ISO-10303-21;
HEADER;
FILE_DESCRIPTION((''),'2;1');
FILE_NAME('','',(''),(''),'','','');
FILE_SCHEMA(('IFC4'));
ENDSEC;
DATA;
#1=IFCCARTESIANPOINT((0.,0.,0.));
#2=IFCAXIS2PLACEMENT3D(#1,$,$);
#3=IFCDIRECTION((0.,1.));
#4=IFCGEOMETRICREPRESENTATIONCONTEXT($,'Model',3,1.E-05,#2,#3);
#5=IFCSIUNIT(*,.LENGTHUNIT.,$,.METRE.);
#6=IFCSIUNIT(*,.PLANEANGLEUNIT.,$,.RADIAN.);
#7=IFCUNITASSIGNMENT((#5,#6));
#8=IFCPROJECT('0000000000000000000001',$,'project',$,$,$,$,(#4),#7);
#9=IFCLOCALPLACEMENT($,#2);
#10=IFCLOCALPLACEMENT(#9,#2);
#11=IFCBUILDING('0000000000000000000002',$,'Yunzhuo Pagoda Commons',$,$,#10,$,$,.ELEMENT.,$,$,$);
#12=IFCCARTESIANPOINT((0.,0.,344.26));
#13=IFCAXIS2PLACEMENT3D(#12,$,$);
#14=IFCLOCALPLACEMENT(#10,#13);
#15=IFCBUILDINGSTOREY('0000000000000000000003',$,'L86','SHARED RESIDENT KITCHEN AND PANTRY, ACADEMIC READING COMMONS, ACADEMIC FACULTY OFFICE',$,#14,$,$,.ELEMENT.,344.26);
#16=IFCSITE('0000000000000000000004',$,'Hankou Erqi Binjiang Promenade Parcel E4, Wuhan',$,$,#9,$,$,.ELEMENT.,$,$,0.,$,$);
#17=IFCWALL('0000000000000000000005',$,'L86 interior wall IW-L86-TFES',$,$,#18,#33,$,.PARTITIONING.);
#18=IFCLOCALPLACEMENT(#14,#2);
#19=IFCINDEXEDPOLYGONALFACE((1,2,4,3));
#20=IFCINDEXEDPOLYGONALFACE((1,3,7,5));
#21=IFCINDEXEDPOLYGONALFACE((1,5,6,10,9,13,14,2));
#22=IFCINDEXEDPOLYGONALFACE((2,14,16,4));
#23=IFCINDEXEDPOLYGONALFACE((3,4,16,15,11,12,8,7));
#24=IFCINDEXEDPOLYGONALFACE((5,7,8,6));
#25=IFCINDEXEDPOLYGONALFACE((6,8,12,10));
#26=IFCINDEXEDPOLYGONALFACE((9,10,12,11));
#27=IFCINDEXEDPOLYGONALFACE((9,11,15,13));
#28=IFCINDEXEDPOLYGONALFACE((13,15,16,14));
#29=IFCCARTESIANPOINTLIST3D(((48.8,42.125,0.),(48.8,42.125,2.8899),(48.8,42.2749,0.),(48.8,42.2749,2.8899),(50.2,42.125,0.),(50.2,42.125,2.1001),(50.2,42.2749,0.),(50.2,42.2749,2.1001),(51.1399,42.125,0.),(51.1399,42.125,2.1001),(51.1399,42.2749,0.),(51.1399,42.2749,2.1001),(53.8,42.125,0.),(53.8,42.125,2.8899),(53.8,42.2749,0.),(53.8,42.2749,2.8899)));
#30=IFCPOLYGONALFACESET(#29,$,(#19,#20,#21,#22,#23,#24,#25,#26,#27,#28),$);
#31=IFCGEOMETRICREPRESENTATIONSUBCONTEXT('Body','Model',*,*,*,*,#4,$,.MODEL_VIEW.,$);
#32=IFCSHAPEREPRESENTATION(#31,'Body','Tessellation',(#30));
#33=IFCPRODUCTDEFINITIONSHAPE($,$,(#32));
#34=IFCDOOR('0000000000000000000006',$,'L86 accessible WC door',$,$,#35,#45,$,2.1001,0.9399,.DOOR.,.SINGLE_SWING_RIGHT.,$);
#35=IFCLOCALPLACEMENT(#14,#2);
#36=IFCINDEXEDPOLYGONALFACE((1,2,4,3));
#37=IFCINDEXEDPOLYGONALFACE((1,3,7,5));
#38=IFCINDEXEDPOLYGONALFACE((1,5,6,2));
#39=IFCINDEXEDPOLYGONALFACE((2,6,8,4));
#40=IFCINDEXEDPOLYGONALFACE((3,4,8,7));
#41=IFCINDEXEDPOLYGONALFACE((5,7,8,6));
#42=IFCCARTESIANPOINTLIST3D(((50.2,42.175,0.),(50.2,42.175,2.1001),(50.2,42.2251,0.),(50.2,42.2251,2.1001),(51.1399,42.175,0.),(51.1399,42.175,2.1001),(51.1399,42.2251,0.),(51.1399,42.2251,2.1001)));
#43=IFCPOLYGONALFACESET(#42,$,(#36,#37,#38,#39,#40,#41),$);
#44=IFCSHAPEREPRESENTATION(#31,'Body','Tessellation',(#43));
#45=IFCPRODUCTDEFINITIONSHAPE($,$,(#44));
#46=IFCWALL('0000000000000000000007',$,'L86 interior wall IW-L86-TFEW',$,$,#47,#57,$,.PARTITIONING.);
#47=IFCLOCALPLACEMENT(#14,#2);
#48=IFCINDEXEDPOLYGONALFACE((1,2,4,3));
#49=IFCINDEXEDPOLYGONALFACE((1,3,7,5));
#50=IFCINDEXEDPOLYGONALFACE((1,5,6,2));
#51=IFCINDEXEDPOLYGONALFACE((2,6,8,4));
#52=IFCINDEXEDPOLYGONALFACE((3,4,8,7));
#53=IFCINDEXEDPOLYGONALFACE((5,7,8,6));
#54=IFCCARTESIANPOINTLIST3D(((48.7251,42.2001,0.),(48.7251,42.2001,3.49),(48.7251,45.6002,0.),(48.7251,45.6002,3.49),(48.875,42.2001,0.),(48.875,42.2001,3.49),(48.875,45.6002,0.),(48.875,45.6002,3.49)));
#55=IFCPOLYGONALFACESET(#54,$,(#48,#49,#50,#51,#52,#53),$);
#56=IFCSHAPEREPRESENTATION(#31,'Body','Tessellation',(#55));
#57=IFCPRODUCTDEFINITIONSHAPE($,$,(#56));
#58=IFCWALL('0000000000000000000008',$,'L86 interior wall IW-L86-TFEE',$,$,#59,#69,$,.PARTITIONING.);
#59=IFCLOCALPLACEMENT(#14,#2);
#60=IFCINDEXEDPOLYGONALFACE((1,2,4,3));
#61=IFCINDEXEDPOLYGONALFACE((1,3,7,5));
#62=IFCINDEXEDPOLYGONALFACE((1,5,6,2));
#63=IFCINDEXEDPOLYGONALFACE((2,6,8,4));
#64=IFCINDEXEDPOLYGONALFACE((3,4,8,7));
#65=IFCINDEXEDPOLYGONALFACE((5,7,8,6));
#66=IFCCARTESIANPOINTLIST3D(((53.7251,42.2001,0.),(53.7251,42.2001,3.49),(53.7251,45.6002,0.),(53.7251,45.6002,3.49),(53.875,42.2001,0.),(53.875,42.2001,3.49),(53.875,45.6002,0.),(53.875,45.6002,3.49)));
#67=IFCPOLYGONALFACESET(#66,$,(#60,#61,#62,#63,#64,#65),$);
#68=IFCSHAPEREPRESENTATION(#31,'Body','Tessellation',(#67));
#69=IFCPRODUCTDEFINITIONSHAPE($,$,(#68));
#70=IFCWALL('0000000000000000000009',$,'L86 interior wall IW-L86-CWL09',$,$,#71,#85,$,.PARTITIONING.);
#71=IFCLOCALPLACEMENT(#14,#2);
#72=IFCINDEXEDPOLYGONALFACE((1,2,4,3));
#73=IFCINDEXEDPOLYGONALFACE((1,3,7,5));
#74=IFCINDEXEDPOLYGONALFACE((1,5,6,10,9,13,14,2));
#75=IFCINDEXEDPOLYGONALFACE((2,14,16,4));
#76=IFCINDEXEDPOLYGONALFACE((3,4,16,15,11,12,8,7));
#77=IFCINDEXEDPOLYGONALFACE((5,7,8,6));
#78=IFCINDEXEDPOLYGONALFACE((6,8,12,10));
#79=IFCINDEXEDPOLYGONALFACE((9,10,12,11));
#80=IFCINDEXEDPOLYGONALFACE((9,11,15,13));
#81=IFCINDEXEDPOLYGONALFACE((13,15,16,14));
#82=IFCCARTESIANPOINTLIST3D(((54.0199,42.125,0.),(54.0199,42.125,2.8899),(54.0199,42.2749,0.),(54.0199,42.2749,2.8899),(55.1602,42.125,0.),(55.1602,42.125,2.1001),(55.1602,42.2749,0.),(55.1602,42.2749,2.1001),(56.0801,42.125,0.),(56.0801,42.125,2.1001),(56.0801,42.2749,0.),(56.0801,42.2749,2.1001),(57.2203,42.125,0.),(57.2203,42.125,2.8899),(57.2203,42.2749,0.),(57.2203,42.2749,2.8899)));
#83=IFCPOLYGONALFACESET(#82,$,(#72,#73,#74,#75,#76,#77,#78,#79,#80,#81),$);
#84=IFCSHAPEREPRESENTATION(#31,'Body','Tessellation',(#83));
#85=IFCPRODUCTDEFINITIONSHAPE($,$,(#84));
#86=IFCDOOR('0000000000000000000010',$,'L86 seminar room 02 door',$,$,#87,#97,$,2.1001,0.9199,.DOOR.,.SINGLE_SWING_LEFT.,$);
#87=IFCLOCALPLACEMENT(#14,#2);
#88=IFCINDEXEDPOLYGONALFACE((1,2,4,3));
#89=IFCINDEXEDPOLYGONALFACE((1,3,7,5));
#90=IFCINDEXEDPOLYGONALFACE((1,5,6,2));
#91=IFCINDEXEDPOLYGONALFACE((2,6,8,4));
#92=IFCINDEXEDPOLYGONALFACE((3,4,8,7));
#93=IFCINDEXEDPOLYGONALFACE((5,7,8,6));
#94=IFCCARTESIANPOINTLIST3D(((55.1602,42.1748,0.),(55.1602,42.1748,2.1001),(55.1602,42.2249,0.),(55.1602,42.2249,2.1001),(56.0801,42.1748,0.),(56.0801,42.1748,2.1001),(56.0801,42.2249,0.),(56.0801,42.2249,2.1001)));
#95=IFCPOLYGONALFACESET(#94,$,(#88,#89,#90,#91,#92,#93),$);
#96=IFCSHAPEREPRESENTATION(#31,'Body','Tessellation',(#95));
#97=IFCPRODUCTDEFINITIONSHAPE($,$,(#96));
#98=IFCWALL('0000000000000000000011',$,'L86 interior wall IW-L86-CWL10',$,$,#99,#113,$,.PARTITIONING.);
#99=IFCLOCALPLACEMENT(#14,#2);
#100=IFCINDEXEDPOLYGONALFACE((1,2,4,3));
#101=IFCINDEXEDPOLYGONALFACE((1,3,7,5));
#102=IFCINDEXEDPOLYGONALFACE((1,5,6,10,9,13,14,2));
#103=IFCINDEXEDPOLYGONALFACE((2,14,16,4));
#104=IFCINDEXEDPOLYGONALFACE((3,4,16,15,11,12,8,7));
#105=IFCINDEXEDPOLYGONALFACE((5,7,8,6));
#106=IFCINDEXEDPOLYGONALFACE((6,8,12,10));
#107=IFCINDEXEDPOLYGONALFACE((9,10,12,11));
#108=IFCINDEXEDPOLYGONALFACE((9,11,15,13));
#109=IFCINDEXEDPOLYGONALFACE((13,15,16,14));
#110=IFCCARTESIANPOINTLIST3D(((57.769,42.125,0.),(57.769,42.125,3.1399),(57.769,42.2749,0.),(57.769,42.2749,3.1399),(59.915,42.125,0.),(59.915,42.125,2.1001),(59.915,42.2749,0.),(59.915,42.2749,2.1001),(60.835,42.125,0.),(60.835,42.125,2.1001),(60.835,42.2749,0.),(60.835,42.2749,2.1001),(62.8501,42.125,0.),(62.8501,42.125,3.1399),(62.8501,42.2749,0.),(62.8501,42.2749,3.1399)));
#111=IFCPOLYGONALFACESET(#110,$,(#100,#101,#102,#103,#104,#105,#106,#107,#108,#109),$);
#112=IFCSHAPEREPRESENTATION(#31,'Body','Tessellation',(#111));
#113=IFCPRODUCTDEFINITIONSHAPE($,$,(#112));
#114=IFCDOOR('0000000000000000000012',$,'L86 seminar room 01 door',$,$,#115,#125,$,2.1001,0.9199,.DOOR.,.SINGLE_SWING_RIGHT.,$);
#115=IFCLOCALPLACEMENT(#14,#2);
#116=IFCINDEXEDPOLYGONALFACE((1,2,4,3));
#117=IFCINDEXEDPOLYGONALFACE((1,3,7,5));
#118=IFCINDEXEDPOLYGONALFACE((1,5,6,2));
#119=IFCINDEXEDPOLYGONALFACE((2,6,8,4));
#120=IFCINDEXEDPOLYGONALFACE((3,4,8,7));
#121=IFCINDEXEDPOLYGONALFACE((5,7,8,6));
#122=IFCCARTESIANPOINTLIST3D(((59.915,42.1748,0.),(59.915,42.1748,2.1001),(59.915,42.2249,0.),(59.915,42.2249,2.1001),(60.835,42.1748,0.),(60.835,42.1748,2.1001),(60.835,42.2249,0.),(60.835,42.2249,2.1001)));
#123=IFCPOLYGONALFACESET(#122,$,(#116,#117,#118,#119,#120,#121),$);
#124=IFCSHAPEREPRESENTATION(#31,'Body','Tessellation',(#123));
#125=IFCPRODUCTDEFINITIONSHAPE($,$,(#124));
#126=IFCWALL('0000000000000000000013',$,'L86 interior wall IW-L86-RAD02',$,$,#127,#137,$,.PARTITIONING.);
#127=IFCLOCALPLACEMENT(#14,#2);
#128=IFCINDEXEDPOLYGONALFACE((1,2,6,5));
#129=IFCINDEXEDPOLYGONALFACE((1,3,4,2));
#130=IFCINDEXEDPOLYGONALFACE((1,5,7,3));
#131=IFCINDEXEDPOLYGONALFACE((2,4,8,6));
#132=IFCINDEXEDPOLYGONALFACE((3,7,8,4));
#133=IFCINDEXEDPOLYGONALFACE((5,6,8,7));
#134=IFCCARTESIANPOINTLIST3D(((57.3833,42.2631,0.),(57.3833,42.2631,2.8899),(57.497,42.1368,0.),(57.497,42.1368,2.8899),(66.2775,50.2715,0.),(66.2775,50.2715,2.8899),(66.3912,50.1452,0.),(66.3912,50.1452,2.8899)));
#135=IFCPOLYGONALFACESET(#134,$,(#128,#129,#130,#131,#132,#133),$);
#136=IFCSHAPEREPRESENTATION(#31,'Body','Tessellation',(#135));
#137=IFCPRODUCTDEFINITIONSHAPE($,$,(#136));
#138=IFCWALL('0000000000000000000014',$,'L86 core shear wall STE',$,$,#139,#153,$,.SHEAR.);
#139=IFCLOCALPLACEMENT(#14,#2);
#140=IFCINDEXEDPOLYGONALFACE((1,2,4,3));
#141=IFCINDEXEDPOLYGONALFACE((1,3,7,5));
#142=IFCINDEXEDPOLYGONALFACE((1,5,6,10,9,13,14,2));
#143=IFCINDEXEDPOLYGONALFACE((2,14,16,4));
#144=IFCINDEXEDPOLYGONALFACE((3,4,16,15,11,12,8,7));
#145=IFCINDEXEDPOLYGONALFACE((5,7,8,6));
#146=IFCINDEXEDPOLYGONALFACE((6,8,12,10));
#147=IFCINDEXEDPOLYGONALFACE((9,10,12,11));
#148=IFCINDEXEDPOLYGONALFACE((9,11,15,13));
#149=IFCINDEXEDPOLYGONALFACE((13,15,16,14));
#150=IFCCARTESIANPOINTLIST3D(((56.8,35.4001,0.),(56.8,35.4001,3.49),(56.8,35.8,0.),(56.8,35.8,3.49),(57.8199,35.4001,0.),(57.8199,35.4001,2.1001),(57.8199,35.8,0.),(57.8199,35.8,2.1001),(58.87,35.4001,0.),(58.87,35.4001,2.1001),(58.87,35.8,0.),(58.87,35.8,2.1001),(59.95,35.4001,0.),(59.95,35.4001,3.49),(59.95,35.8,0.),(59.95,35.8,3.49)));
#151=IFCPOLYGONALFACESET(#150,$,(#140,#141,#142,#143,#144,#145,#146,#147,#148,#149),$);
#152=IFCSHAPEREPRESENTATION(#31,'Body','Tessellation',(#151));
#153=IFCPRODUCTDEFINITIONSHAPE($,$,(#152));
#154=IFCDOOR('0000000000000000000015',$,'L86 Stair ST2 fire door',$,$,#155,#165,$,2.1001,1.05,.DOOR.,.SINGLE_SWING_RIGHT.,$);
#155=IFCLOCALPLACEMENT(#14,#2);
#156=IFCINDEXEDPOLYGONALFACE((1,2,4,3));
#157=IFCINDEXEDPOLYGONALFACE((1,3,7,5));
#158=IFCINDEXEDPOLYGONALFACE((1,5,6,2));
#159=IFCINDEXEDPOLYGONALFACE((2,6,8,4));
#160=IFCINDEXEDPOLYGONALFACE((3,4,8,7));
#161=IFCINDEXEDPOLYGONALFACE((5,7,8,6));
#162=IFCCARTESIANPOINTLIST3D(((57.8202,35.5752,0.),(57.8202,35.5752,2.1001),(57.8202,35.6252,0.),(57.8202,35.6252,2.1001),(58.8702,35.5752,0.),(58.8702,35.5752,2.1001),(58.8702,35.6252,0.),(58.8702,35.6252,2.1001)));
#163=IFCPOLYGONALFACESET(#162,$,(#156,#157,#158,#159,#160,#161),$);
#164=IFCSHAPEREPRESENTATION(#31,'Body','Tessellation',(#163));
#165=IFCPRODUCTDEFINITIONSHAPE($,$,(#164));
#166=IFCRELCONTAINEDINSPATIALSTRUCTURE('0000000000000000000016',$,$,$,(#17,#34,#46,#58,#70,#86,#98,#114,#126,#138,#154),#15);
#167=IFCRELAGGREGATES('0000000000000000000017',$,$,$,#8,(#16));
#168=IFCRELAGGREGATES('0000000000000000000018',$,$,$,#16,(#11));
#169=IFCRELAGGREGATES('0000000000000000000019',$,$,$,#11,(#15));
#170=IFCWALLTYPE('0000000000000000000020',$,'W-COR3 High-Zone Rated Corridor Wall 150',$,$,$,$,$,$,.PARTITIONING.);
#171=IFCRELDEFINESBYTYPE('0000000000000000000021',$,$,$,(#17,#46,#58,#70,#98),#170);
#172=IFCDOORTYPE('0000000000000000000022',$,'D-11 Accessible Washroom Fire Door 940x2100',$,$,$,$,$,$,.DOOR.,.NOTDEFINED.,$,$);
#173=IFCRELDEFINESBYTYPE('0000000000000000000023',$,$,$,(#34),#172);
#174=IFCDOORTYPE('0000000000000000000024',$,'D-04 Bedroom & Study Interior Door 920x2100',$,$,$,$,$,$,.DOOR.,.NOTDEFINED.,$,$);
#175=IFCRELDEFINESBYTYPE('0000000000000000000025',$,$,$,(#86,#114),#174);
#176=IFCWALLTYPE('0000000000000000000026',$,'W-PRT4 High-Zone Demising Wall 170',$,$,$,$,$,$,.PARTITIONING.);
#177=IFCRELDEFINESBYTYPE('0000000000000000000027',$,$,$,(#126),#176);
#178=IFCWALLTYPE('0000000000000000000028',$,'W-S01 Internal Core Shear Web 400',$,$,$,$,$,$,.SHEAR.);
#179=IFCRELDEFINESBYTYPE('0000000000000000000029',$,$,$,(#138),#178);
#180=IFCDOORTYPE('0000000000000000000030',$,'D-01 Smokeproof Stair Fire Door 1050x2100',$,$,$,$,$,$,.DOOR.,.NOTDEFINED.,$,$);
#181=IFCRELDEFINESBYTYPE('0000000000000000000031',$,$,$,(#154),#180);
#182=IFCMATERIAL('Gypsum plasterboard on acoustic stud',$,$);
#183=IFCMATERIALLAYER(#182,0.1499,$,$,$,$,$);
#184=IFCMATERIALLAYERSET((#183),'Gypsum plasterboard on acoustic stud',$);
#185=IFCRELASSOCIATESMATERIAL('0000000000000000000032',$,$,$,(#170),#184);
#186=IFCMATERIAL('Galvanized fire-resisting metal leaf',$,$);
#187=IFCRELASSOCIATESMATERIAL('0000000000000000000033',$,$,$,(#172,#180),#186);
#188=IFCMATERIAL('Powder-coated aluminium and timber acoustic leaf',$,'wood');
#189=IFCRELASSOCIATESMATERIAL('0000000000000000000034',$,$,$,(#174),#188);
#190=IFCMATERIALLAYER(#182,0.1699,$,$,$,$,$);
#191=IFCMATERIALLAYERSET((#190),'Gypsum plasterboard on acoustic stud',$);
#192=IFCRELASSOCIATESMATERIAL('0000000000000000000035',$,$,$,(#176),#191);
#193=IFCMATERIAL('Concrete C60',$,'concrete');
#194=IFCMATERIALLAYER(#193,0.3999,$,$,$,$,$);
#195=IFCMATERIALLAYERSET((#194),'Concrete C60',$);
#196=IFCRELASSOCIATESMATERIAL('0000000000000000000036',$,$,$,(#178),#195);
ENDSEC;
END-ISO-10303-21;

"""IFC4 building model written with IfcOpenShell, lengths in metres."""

from ifc_helpers import new_model, si_unit, direction, frame, frame_2d, origin, origin_with_axes, place, context, subcontext, project, spatial, rectangle, extrude, source, transform, mapped, material, layer, layer_set, type_object, element, fill, save


model = new_model("IFC4")

# Units and contexts
model_context = context("Model", 3, precision=1e-05, world=origin(), true_north=direction((0.0, 1.0)))
body_context = subcontext(model_context, "Body", "Model", "MODEL_VIEW")
ifc_project = project(units=[si_unit("LENGTHUNIT", "METRE"), si_unit("PLANEANGLEUNIT", "RADIAN")], contexts=[model_context])

# Site, building, storey
site_placement = place(None, origin())
site = spatial("IfcSite", under=ifc_project, at=site_placement, Name="Hankou Erqi Binjiang Promenade Parcel E4, Wuhan", CompositionType="ELEMENT", RefElevation=0.0)
building_placement = place(site_placement, origin())
building = spatial("IfcBuilding", under=site, at=building_placement, Name="Yunzhuo Pagoda Commons", CompositionType="ELEMENT")
storey_placement = place(building_placement, frame((0.0, 0.0, 344.26)))
storey = spatial("IfcBuildingStorey", under=building, at=storey_placement, Name="L86", Description="SHARED RESIDENT KITCHEN AND PANTRY, ACADEMIC READING COMMONS, ACADEMIC FACULTY OFFICE", CompositionType="ELEMENT", Elevation=344.26)

# Shared definitions
ifc_material_1 = material(Name="Galvanized fire-resisting metal leaf")
shared_shape_1 = source(origin(), body_context, "Body", "SweptSolid", [
    extrude(rectangle(XDim=1.05, YDim=2.1001, at=frame_2d((0.5249, 1.05))), frame((0.0, 0.0249, 0.0), z_axis=(0.0, -1.0, 0.0), x_axis=(1.0, 0.0, 0.0)), (0.0, 0.0, 1.0), 0.05),
])

# Shared definitions
ifc_material_2 = material(Name="Gypsum plasterboard on acoustic stud")
ifc_layer_1 = layer(ifc_material_2, 0.1499)
ifc_layer_set_1 = layer_set([ifc_layer_1], Name="Gypsum plasterboard on acoustic stud")
wall_type_1 = type_object("IfcWallType", Name="W-COR3 High-Zone Rated Corridor Wall 150", PredefinedType="PARTITIONING", material=ifc_layer_set_1)

# Wall, opening, door
wall_1_placement = place(storey_placement, frame((48.8, 42.2, 0.0), z_axis=(0.0, 0.0, 1.0), x_axis=(1.0, 0.0, 0.0)))
wall_1 = element("IfcWall", 1, at=wall_1_placement, inside=storey, type_object=wall_type_1, Name="L86 interior wall IW-L86-TFES", PredefinedType="PARTITIONING", context=body_context, shape_type="SweptSolid", body=[
    extrude(rectangle(XDim=5.0, YDim=0.1499, at=frame_2d((2.5, 0.0))), origin(), (0.0, 0.0, 1.0), 2.8899),
])
opening_1_placement = place(wall_1_placement, frame((1.3999, 0.0, 0.0)))
opening_1 = element("IfcOpeningElement", 2, at=opening_1_placement, cuts=wall_1, PredefinedType="OPENING", context=body_context, shape_type="SweptSolid", body=[
    extrude(rectangle(XDim=0.9399, YDim=2.1001, at=frame_2d((0.47, 1.05))), frame((0.0, 0.085, 0.0), z_axis=(0.0, -1.0, 0.0), x_axis=(1.0, 0.0, 0.0)), (0.0, 0.0, 1.0), 0.1699),
])
door_type_1 = type_object("IfcDoorType", Name="D-11 Accessible Washroom Fire Door 940x2100", OperationType="NOTDEFINED", PredefinedType="DOOR", material=ifc_material_1)
shared_shape_2 = source(origin(), body_context, "Body", "SweptSolid", [
    extrude(rectangle(XDim=0.9399, YDim=2.1001, at=frame_2d((0.47, 1.05))), frame((0.0, 0.0249, 0.0), z_axis=(0.0, -1.0, 0.0), x_axis=(1.0, 0.0, 0.0)), (0.0, 0.0, 1.0), 0.05),
])
door_1_placement = place(opening_1_placement, frame((0.9399, 0.0, 0.0), z_axis=(0.0, 0.0, 1.0), x_axis=(-1.0, 0.0, 0.0)))
door_1 = element("IfcDoor", 3, at=door_1_placement, inside=storey, type_object=door_type_1, Name="L86 accessible WC door", OperationType="SINGLE_SWING_RIGHT", OverallHeight=2.1001, OverallWidth=0.9399, PredefinedType="DOOR", context=body_context, shape_type="MappedRepresentation", body=[
    mapped(shared_shape_2, transform((0.0, 0.0, 0.0), scale=1.0)),
])
fill(opening_1, door_1)

# Walls
for number, where, z_axis, x_axis, name in (
    (4, (48.8, 42.2, 0.0), (0.0, 0.0, 1.0), (0.0, 1.0, 0.0), "L86 interior wall IW-L86-TFEW"),
    (5, (53.8, 42.2, 0.0), (0.0, 0.0, 1.0), (0.0, 1.0, 0.0), "L86 interior wall IW-L86-TFEE"),
):
    element("IfcWall", number, at=place(storey_placement, frame(where, z_axis=z_axis, x_axis=x_axis)), inside=storey, type_object=wall_type_1, Name=name, PredefinedType="PARTITIONING", context=body_context, shape_type="SweptSolid", body=[
        extrude(rectangle(XDim=3.4001, YDim=0.1499, at=frame_2d((1.7002, 0.0))), origin(), (0.0, 0.0, 1.0), 3.49),
    ])

# Walls, openings, doors
wall_2_placement = place(storey_placement, frame((54.02, 42.2, 0.0), z_axis=(0.0, 0.0, 1.0), x_axis=(1.0, 0.0, 0.0)))
wall_2 = element("IfcWall", 6, at=wall_2_placement, inside=storey, type_object=wall_type_1, Name="L86 interior wall IW-L86-CWL09", PredefinedType="PARTITIONING", context=body_context, shape_type="SweptSolid", body=[
    extrude(rectangle(XDim=3.2004, YDim=0.1499, at=frame_2d((1.6001, 0.0))), origin(), (0.0, 0.0, 1.0), 2.8899),
])
opening_2_placement = place(wall_2_placement, frame((1.1401, 0.0, 0.0)))
opening_2 = element("IfcOpeningElement", 7, at=opening_2_placement, cuts=wall_2, PredefinedType="OPENING", context=body_context, shape_type="SweptSolid", body=[
    extrude(rectangle(XDim=0.9199, YDim=2.1001, at=frame_2d((0.46, 1.05))), frame((0.0, 0.085, 0.0), z_axis=(0.0, -1.0, 0.0), x_axis=(1.0, 0.0, 0.0)), (0.0, 0.0, 1.0), 0.1699),
])
ifc_material_3 = material(Name="Powder-coated aluminium and timber acoustic leaf", Category="wood")
door_type_2 = type_object("IfcDoorType", Name="D-04 Bedroom & Study Interior Door 920x2100", OperationType="NOTDEFINED", PredefinedType="DOOR", material=ifc_material_3)
shared_shape_3 = source(origin(), body_context, "Body", "SweptSolid", [
    extrude(rectangle(XDim=0.9199, YDim=2.1001, at=frame_2d((0.46, 1.05))), frame((0.0, 0.0249, 0.0), z_axis=(0.0, -1.0, 0.0), x_axis=(1.0, 0.0, 0.0)), (0.0, 0.0, 1.0), 0.05),
])
door_2_placement = place(opening_2_placement, origin_with_axes())
door_2 = element("IfcDoor", 8, at=door_2_placement, inside=storey, type_object=door_type_2, Name="L86 seminar room 02 door", OperationType="SINGLE_SWING_LEFT", OverallHeight=2.1001, OverallWidth=0.9199, PredefinedType="DOOR", context=body_context, shape_type="MappedRepresentation", body=[
    mapped(shared_shape_3, transform((0.0, 0.0, 0.0), scale=1.0)),
])
fill(opening_2, door_2)
wall_3_placement = place(storey_placement, frame((57.769, 42.2, 0.0), z_axis=(0.0, 0.0, 1.0), x_axis=(1.0, 0.0, 0.0)))
wall_3 = element("IfcWall", 9, at=wall_3_placement, inside=storey, type_object=wall_type_1, Name="L86 interior wall IW-L86-CWL10", PredefinedType="PARTITIONING", context=body_context, shape_type="SweptSolid", body=[
    extrude(rectangle(XDim=5.0811, YDim=0.1499, at=frame_2d((2.5405, 0.0))), origin(), (0.0, 0.0, 1.0), 3.1399),
])
opening_3_placement = place(wall_3_placement, frame((2.146, 0.0, 0.0)))
opening_3 = element("IfcOpeningElement", 10, at=opening_3_placement, cuts=wall_3, PredefinedType="OPENING", context=body_context, shape_type="SweptSolid", body=[
    extrude(rectangle(XDim=0.9199, YDim=2.1001, at=frame_2d((0.46, 1.05))), frame((0.0, 0.085, 0.0), z_axis=(0.0, -1.0, 0.0), x_axis=(1.0, 0.0, 0.0)), (0.0, 0.0, 1.0), 0.1699),
])
door_3_placement = place(opening_3_placement, origin_with_axes())
door_3 = element("IfcDoor", 11, at=door_3_placement, inside=storey, type_object=door_type_2, Name="L86 seminar room 01 door", OperationType="SINGLE_SWING_RIGHT", OverallHeight=2.1001, OverallWidth=0.9199, PredefinedType="DOOR", context=body_context, shape_type="MappedRepresentation", body=[
    mapped(shared_shape_3, transform((0.0, 0.0, 0.0), scale=1.0)),
])
fill(opening_3, door_3)

# Wall
ifc_layer_2 = layer(ifc_material_2, 0.1699)
ifc_layer_set_2 = layer_set([ifc_layer_2], Name="Gypsum plasterboard on acoustic stud")
wall_type_2 = type_object("IfcWallType", Name="W-PRT4 High-Zone Demising Wall 170", PredefinedType="PARTITIONING", material=ifc_layer_set_2)
wall_4_placement = place(storey_placement, frame((57.4402, 42.2, 0.0), z_axis=(0.0, 0.0, 1.0), x_axis=(0.743142, 0.669134, 0.0)))
element("IfcWall", 12, at=wall_4_placement, inside=storey, type_object=wall_type_2, Name="L86 interior wall IW-L86-RAD02", PredefinedType="PARTITIONING", context=body_context, shape_type="SweptSolid", body=[
    extrude(rectangle(XDim=11.9683, YDim=0.1699, at=frame_2d((5.9841, 0.0))), origin(), (0.0, 0.0, 1.0), 2.8899),
])

# Wall, opening, door
ifc_material_4 = material(Name="Concrete C60", Category="concrete")
ifc_layer_3 = layer(ifc_material_4, 0.3999)
ifc_layer_set_3 = layer_set([ifc_layer_3], Name="Concrete C60")
wall_type_3 = type_object("IfcWallType", Name="W-S01 Internal Core Shear Web 400", PredefinedType="SHEAR", material=ifc_layer_set_3)
wall_5_placement = place(storey_placement, frame((56.8, 35.6001, 0.0), z_axis=(0.0, 0.0, 1.0), x_axis=(1.0, 0.0, 0.0)))
wall_5 = element("IfcWall", 13, at=wall_5_placement, inside=storey, type_object=wall_type_3, Name="L86 core shear wall STE", PredefinedType="SHEAR", context=body_context, shape_type="SweptSolid", body=[
    extrude(rectangle(XDim=3.1499, YDim=0.3999, at=frame_2d((1.575, 0.0))), origin(), (0.0, 0.0, 1.0), 3.49),
])
opening_4_placement = place(wall_5_placement, frame((1.02, 0.0, 0.0)))
opening_4 = element("IfcOpeningElement", 14, at=opening_4_placement, cuts=wall_5, PredefinedType="OPENING", context=body_context, shape_type="SweptSolid", body=[
    extrude(rectangle(XDim=1.05, YDim=2.1001, at=frame_2d((0.5249, 1.05))), frame((0.0, 0.21, 0.0), z_axis=(0.0, -1.0, 0.0), x_axis=(1.0, 0.0, 0.0)), (0.0, 0.0, 1.0), 0.4199),
])
door_type_3 = type_object("IfcDoorType", Name="D-01 Smokeproof Stair Fire Door 1050x2100", OperationType="NOTDEFINED", PredefinedType="DOOR", material=ifc_material_1)
door_4_placement = place(opening_4_placement, frame((1.05, 0.0, 0.0), z_axis=(0.0, 0.0, 1.0), x_axis=(-1.0, 0.0, 0.0)))
door_4 = element("IfcDoor", 15, at=door_4_placement, inside=storey, type_object=door_type_3, Name="L86 Stair ST2 fire door", OperationType="SINGLE_SWING_RIGHT", OverallHeight=2.1001, OverallWidth=1.05, PredefinedType="DOOR", context=body_context, shape_type="MappedRepresentation", body=[
    mapped(shared_shape_1, transform((0.0, 0.0, 0.0), scale=1.0)),
])
fill(opening_4, door_4)

save(model, "model.ifc")
